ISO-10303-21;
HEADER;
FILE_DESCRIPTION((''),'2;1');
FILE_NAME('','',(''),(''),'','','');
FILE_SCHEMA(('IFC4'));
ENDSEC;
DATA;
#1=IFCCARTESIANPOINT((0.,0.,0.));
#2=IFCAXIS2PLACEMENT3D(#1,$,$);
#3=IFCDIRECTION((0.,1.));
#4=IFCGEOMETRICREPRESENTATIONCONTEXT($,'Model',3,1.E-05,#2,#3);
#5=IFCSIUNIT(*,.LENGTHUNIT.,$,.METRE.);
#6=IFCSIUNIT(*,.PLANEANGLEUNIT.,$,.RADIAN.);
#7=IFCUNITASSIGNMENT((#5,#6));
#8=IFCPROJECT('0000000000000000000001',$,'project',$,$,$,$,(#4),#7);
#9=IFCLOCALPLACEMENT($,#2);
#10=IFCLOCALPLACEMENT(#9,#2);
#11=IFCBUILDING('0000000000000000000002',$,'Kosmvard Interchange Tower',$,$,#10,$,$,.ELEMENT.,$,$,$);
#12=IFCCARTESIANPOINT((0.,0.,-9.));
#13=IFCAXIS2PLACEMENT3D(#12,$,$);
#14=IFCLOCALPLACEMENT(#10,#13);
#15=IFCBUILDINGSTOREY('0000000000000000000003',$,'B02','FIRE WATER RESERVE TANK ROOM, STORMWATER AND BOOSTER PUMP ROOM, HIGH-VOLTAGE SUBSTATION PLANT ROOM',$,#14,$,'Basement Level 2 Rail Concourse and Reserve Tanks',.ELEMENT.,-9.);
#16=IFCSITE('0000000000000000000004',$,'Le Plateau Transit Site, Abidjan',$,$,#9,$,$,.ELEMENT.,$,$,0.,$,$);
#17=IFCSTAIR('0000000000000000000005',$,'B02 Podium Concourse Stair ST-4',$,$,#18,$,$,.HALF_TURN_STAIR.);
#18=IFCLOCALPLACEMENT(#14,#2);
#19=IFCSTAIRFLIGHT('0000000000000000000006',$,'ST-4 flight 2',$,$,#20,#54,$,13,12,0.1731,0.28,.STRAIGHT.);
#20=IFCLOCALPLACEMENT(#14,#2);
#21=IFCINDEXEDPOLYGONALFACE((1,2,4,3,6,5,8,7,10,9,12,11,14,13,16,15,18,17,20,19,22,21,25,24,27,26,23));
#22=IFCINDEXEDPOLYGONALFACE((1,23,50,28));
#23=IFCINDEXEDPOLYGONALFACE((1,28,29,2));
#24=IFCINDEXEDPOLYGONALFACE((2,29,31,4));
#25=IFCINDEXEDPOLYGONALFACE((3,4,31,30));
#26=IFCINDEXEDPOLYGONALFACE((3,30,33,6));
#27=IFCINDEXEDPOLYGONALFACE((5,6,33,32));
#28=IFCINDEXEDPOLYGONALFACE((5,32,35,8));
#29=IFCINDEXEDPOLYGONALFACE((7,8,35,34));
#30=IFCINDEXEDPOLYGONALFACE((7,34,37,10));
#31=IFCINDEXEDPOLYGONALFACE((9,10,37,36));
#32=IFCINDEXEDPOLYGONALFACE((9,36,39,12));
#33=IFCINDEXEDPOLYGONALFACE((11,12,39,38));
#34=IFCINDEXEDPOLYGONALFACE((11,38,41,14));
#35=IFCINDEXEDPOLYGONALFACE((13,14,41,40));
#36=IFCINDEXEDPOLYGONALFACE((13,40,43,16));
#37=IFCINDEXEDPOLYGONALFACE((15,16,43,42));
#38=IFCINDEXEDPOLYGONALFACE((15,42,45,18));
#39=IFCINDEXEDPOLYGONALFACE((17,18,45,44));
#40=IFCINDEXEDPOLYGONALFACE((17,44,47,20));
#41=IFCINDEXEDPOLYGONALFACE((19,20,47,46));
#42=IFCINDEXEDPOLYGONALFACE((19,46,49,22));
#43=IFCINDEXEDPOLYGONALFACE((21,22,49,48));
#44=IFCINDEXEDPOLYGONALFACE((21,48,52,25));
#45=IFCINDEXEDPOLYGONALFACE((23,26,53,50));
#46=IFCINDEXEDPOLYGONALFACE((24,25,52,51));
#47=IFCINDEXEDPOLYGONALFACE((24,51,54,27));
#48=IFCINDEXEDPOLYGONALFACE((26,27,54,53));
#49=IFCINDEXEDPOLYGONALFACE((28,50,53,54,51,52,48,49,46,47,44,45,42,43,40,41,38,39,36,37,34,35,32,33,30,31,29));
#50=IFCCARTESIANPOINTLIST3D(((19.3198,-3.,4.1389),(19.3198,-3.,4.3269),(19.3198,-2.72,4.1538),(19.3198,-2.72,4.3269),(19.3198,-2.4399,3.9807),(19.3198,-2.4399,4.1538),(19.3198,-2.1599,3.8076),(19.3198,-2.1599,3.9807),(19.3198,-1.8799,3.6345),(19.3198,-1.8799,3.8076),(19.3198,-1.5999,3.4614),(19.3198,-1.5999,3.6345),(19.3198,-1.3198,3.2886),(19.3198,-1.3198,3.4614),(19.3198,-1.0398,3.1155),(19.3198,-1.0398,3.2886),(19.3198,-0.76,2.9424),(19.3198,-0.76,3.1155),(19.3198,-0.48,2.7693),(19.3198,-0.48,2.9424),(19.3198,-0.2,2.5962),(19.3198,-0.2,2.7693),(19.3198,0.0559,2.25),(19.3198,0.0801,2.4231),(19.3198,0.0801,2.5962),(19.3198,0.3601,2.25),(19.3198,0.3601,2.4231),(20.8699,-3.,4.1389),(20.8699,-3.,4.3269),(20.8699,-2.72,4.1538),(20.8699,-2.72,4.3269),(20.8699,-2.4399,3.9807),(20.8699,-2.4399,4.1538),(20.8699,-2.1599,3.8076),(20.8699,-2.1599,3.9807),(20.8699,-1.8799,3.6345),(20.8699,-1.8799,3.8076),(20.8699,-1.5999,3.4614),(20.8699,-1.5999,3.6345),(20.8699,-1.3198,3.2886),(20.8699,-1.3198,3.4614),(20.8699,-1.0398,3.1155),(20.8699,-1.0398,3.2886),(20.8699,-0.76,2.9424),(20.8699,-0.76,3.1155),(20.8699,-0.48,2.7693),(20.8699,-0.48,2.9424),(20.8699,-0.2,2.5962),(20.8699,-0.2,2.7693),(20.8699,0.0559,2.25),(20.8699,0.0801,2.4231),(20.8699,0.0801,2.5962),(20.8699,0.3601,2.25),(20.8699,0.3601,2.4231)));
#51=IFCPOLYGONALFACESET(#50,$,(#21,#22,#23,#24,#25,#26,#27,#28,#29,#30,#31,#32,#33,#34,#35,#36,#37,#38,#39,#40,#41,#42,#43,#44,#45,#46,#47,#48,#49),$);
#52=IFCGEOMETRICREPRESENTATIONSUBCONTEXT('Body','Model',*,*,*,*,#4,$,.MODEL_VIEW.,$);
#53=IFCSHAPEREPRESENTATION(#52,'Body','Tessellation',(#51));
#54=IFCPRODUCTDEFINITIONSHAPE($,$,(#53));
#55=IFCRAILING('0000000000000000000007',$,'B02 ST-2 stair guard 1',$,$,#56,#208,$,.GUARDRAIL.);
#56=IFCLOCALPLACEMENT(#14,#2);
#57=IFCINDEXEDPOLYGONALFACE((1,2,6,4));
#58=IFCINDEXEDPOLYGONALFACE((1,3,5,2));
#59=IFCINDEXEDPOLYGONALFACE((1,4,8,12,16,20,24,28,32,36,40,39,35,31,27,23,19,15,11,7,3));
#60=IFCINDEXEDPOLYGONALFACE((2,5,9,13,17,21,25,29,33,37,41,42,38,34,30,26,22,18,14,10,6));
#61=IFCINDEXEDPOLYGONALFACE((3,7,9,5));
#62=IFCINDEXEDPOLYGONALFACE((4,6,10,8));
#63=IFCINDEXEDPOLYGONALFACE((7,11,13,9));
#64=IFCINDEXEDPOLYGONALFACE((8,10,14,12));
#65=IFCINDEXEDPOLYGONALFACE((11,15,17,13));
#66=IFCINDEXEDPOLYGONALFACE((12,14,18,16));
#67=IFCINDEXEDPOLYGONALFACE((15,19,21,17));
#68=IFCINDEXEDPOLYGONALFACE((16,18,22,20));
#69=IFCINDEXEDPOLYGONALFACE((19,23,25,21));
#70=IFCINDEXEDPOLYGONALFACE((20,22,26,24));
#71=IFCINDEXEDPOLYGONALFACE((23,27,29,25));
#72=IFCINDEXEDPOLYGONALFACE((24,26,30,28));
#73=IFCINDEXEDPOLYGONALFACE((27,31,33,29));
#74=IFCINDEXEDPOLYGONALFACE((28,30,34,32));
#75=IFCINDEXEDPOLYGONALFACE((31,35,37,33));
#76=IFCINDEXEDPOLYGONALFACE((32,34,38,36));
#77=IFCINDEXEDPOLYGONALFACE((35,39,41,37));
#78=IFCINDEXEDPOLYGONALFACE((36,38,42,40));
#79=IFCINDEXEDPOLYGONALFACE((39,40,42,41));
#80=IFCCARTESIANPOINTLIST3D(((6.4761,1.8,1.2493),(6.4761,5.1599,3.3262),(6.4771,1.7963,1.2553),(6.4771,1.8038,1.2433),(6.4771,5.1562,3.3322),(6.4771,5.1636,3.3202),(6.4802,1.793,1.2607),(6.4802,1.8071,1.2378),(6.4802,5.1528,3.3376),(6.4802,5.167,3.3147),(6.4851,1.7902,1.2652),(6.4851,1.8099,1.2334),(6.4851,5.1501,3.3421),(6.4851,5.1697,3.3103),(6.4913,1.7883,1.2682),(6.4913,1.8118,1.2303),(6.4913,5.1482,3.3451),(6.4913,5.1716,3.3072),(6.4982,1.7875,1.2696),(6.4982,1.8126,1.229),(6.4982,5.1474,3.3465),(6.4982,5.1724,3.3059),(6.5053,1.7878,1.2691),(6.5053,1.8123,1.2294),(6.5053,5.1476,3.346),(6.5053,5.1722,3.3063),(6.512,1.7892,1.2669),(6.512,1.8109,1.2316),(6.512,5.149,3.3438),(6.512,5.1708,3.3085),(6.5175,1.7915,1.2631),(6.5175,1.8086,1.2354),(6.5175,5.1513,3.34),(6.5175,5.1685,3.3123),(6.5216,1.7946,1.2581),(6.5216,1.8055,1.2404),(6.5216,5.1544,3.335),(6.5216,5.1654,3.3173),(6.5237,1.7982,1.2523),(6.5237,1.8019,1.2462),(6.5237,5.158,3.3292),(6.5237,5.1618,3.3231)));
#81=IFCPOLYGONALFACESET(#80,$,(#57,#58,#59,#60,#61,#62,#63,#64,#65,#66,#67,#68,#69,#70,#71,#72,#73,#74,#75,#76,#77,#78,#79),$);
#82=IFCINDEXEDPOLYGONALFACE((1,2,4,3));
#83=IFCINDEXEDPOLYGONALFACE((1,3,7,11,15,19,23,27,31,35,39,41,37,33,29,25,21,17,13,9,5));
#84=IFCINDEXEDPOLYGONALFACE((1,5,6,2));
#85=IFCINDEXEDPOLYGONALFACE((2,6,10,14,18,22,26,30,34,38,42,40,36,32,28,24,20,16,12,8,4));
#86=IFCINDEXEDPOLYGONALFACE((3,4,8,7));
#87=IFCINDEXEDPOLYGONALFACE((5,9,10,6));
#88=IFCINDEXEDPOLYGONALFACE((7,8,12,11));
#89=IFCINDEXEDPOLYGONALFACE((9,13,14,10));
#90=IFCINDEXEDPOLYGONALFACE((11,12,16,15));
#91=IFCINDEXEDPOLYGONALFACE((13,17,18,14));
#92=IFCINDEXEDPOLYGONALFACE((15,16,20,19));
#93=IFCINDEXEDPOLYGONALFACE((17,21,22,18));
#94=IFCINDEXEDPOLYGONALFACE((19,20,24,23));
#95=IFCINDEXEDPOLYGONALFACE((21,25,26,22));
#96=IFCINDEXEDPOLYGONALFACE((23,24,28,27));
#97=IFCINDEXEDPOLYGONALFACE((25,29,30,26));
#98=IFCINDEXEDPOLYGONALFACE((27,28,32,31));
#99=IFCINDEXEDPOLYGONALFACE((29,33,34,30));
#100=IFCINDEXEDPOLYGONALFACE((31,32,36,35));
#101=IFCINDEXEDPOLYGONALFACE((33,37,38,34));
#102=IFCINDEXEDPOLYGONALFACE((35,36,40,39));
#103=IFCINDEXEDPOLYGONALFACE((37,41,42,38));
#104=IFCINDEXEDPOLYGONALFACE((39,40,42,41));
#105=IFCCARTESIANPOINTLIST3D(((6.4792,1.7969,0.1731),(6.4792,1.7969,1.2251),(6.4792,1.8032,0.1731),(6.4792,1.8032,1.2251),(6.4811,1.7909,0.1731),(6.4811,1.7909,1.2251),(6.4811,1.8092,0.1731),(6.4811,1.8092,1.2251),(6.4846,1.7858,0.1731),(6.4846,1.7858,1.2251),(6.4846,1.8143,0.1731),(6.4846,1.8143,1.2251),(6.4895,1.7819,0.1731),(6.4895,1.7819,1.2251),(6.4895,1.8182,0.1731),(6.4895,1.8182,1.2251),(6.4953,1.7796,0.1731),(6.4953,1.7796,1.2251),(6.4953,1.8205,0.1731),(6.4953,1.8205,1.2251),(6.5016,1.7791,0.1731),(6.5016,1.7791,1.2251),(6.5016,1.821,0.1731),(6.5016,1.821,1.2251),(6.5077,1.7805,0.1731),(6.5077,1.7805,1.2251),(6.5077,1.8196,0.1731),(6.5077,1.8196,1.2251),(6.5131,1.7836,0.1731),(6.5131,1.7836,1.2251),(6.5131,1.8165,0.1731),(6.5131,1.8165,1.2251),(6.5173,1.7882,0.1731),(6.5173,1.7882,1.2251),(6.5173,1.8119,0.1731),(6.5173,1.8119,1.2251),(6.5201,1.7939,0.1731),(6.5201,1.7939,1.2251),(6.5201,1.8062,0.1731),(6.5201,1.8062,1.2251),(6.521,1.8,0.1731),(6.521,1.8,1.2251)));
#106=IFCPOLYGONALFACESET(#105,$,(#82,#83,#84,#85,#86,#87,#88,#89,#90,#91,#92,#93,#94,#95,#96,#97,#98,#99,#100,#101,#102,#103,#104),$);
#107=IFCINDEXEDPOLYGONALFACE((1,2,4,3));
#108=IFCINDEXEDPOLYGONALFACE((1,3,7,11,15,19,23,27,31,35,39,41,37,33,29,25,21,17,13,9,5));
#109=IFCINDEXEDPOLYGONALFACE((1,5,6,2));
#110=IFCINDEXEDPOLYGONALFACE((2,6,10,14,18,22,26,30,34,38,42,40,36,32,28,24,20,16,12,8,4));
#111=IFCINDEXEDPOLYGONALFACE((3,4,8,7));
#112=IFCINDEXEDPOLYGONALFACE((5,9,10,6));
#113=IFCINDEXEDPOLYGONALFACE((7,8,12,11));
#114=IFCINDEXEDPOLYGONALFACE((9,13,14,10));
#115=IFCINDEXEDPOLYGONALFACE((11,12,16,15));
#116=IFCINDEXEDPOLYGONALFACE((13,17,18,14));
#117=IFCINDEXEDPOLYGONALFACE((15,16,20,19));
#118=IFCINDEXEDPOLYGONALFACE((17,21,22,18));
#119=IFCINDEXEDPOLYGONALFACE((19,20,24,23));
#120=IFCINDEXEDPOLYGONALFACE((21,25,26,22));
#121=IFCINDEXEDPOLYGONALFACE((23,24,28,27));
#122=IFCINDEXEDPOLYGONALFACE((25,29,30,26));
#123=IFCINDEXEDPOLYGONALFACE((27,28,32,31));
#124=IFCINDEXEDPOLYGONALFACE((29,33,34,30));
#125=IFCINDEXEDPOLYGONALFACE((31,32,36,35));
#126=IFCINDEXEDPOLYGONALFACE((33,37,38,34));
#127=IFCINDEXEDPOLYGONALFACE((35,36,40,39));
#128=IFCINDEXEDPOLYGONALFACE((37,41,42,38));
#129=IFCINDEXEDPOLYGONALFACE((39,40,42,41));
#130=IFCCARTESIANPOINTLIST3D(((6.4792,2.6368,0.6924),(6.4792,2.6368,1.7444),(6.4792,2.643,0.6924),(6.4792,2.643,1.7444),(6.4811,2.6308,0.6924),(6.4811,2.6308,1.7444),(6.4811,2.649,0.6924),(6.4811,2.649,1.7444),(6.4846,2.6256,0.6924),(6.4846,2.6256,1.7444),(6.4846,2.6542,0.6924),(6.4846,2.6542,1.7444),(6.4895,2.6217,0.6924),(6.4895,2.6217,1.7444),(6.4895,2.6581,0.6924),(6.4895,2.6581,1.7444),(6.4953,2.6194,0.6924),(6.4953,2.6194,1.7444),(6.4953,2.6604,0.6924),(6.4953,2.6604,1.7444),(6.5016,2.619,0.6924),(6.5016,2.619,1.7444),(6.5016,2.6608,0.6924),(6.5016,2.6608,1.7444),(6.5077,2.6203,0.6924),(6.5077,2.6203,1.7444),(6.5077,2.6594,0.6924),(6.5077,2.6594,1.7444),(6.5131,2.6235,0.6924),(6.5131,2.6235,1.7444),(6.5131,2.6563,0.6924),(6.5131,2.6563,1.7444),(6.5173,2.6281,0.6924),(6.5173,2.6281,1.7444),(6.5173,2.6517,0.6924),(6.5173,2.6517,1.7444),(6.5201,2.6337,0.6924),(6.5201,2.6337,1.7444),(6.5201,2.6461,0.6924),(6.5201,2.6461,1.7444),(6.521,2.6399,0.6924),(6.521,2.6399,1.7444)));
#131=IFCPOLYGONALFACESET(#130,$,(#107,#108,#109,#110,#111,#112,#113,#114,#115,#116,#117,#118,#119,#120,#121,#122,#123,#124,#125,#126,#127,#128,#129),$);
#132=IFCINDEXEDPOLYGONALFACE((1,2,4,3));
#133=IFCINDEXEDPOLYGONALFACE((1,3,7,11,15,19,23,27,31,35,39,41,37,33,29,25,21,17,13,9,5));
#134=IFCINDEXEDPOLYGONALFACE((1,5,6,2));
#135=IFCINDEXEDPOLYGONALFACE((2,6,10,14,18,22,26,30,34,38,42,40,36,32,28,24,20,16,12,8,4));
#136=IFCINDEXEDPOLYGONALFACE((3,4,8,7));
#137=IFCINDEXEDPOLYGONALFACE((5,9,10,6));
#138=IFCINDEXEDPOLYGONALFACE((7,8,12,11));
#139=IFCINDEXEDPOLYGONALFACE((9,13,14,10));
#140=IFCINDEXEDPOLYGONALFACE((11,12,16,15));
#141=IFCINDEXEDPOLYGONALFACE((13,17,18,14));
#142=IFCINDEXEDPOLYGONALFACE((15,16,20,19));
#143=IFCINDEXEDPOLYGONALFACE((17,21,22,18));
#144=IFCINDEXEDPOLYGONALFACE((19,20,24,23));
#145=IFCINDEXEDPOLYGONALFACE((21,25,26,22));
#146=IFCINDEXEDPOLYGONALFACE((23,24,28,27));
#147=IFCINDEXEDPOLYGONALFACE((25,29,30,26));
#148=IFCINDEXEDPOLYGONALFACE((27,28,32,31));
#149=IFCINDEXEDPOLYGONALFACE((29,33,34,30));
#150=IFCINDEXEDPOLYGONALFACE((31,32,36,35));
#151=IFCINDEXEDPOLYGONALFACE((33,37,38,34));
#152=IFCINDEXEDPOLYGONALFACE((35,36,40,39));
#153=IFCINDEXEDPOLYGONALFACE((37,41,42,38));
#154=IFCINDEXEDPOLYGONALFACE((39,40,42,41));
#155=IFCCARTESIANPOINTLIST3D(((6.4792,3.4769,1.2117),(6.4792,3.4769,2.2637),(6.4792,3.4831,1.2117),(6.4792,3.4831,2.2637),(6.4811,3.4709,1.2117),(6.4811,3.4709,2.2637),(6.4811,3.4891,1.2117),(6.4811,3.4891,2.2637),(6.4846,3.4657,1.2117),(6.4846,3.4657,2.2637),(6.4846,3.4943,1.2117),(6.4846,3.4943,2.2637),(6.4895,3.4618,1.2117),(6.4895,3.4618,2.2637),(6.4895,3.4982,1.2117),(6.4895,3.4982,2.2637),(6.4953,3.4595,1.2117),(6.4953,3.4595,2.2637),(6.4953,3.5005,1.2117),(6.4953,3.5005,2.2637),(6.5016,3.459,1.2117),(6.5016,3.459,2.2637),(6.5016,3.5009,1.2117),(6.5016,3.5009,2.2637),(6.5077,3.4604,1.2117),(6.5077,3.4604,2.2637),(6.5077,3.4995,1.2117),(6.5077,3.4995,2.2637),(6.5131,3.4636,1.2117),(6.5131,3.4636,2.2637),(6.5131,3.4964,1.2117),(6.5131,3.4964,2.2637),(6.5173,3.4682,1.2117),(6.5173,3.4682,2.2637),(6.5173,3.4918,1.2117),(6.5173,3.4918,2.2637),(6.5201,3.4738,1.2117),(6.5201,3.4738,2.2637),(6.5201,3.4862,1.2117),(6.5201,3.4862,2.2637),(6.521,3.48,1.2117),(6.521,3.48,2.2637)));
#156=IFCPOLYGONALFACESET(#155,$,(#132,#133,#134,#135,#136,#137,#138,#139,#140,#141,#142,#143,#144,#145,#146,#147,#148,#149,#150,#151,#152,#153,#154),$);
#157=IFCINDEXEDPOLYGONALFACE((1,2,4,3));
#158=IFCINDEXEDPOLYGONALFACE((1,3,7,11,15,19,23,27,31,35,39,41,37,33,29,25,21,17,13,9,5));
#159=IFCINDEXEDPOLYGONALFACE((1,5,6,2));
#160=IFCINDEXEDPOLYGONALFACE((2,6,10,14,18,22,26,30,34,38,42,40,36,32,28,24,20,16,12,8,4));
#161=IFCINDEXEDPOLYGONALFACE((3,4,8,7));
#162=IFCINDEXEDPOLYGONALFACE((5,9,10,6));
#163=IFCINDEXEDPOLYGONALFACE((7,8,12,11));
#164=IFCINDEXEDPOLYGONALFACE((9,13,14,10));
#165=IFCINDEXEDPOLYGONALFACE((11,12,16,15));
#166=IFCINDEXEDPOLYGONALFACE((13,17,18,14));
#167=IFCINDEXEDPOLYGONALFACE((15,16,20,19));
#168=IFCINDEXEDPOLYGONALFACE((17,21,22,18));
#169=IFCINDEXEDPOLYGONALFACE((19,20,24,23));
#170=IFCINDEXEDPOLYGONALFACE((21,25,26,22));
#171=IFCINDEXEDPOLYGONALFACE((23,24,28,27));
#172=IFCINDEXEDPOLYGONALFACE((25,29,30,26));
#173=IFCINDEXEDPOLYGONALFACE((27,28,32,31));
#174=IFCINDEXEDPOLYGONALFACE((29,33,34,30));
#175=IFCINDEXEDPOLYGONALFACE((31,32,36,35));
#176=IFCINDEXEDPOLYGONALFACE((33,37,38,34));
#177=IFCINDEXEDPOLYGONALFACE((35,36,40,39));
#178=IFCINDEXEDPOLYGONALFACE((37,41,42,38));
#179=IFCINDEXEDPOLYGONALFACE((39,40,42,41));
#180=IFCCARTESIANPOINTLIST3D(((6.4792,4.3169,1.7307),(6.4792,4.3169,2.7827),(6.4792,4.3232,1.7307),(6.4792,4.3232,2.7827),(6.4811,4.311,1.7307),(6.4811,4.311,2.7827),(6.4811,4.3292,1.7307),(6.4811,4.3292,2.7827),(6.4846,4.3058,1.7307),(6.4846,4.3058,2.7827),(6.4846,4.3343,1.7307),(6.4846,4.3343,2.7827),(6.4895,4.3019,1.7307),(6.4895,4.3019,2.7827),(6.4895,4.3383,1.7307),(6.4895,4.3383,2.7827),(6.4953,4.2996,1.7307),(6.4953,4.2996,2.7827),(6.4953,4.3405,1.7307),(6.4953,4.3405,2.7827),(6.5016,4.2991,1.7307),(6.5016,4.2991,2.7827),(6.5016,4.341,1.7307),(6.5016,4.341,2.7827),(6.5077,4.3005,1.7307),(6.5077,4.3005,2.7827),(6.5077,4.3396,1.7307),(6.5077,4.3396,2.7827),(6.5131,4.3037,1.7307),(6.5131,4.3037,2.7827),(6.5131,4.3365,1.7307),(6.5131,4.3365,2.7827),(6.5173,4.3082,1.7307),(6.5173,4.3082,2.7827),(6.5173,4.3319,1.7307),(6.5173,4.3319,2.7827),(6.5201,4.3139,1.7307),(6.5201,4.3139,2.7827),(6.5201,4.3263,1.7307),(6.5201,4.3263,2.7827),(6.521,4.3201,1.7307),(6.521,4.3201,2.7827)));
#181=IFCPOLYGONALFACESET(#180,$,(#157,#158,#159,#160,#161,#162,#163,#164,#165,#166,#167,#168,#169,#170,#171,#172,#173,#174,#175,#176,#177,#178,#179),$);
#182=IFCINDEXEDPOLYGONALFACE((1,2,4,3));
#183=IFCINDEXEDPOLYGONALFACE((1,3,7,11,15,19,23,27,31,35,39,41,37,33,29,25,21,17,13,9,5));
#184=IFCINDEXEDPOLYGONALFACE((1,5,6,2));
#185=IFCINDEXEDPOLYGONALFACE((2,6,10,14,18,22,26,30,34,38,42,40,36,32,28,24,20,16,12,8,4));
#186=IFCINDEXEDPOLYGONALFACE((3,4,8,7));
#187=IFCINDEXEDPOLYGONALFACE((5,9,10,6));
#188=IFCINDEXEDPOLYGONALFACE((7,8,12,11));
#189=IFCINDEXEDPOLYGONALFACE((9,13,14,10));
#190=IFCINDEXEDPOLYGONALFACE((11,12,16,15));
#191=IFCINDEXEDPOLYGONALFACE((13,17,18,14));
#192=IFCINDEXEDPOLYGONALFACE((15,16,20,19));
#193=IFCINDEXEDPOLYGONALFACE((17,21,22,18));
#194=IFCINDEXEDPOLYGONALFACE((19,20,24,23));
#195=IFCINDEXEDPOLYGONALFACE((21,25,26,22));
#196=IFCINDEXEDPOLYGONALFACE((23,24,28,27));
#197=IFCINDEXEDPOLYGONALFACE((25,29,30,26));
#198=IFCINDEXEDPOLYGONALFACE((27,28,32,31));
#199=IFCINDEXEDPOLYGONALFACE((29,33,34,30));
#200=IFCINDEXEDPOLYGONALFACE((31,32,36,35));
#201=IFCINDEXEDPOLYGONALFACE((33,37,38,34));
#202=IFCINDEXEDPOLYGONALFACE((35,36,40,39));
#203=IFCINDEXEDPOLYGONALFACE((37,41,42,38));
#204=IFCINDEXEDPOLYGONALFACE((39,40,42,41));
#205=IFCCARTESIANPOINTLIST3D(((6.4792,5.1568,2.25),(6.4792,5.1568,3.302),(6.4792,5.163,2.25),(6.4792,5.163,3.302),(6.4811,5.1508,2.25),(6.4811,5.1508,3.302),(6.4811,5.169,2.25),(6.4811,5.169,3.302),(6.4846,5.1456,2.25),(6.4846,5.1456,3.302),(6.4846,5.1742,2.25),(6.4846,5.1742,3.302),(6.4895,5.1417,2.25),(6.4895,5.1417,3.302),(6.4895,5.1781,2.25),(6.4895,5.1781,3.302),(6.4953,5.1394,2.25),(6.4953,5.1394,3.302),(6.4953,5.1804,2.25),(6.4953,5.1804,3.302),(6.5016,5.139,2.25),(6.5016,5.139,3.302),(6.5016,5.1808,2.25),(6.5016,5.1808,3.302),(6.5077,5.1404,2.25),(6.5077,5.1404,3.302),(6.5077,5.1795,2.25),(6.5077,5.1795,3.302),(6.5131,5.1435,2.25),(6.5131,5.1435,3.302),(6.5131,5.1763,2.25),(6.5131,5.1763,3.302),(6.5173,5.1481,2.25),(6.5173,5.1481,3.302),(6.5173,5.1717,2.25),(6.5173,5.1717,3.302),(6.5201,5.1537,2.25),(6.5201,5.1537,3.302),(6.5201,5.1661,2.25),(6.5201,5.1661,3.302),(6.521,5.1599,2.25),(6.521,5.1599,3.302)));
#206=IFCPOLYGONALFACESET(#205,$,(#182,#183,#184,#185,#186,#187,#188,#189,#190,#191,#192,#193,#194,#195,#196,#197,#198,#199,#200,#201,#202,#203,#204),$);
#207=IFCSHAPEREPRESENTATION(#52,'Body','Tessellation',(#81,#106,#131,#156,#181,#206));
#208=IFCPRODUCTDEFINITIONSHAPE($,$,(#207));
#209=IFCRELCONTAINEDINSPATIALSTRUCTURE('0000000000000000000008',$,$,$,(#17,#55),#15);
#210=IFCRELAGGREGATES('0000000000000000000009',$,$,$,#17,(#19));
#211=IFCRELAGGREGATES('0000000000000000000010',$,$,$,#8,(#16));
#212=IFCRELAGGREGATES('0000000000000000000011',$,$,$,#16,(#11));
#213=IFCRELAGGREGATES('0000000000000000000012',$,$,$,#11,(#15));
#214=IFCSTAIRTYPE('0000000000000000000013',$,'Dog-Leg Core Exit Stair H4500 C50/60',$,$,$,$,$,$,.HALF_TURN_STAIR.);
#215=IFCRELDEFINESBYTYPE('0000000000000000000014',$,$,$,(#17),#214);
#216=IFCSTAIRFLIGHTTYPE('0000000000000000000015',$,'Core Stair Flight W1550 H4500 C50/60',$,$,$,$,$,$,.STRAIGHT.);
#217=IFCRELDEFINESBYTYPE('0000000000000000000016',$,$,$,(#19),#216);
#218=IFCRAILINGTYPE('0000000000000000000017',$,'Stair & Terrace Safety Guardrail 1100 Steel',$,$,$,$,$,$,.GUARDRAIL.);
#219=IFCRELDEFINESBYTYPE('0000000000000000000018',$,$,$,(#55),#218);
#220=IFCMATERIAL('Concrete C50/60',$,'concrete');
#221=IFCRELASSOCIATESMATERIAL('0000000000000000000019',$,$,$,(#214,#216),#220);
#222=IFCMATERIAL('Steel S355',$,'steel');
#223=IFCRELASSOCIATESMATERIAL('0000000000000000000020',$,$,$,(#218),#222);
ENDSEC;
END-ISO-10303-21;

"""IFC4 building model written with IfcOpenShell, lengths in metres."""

from ifc_helpers import new_model, si_unit, direction, frame, origin, origin_2d, place, context, subcontext, project, spatial, polyline, circle, outline, extrude, source, transform, mapped, material, type_object, element, aggregate, save


model = new_model("IFC4")

# Units and contexts
model_context = context("Model", 3, precision=1e-05, world=origin(), true_north=direction((0.0, 1.0)))
body_context = subcontext(model_context, "Body", "Model", "MODEL_VIEW")
ifc_project = project(units=[si_unit("LENGTHUNIT", "METRE"), si_unit("PLANEANGLEUNIT", "RADIAN")], contexts=[model_context])

# Site, building, storey
site_placement = place(None, origin())
site = spatial("IfcSite", under=ifc_project, at=site_placement, Name="Le Plateau Transit Site, Abidjan", CompositionType="ELEMENT", RefElevation=0.0)
building_placement = place(site_placement, origin())
building = spatial("IfcBuilding", under=site, at=building_placement, Name="Kosmvard Interchange Tower", CompositionType="ELEMENT")
storey_placement = place(building_placement, frame((0.0, 0.0, -9.0)))
storey = spatial("IfcBuildingStorey", under=building, at=storey_placement, Name="B02", Description="FIRE WATER RESERVE TANK ROOM, STORMWATER AND BOOSTER PUMP ROOM, HIGH-VOLTAGE SUBSTATION PLANT ROOM", LongName="Basement Level 2 Rail Concourse and Reserve Tanks", CompositionType="ELEMENT", Elevation=-9.0)

# Shared definitions
ifc_material_1 = material(Name="Concrete C50/60", Category="concrete")

# Shared definitions
stair_type = type_object("IfcStairType", Name="Dog-Leg Core Exit Stair H4500 C50/60", PredefinedType="HALF_TURN_STAIR", material=ifc_material_1)
stair_flight_type = type_object("IfcStairFlightType", Name="Core Stair Flight W1550 H4500 C50/60", PredefinedType="STRAIGHT", material=ifc_material_1)
shared_shape_1 = source(origin(), body_context, "Body", "SweptSolid", [
    extrude(outline(polyline([(0.0, 0.0), (0.0, 0.1731), (0.28, 0.1731), (0.28, 0.3462), (0.5601, 0.3462), (0.5601, 0.5193), (0.8401, 0.5193), (0.8401, 0.6924), (1.1201, 0.6924), (1.1201, 0.8655), (1.3999, 0.8655), (1.3999, 1.0386), (1.6799, 1.0386), (1.6799, 1.2114), (1.96, 1.2114), (1.96, 1.3845), (2.24, 1.3845), (2.24, 1.5576), (2.52, 1.5576), (2.52, 1.7307), (2.8, 1.7307), (2.8, 1.9038), (3.0801, 1.9038), (3.0801, 2.0769), (3.3601, 2.0769), (3.3601, 2.25), (3.3601, 1.8889), (0.3042, 0.0), (0.0, 0.0)])), frame((0.0, 0.7749, 0.0), z_axis=(0.0, -1.0, 0.0), x_axis=(1.0, 0.0, 0.0)), (0.0, 0.0, 1.0), 1.55),
])

# Stair, stair flight
stair_1_placement = place(storey_placement, origin())
stair_1 = element("IfcStair", 1, at=stair_1_placement, inside=storey, type_object=stair_type, Name="B02 Podium Concourse Stair ST-4", PredefinedType="HALF_TURN_STAIR")
stair_flight_1_placement = place(storey_placement, frame((20.095, 0.3601, 2.25), z_axis=(0.0, 0.0, 1.0), x_axis=(0.0, -1.0, 0.0)))
stair_flight_1 = element("IfcStairFlight", 2, at=stair_flight_1_placement, type_object=stair_flight_type, Name="ST-4 flight 2", NumberOfRisers=13, NumberOfTreads=12, PredefinedType="STRAIGHT", RiserHeight=0.1731, TreadLength=0.28, context=body_context, shape_type="MappedRepresentation", body=[
    mapped(shared_shape_1, transform((0.0, 0.0, 0.0), scale=1.0)),
])
aggregate(stair_1, [stair_flight_1])

# Railing
ifc_material_2 = material(Name="Steel S355", Category="steel")
railing_type_1 = type_object("IfcRailingType", Name="Stair & Terrace Safety Guardrail 1100 Steel", PredefinedType="GUARDRAIL", material=ifc_material_2)
shared_shape_2 = source(origin(), body_context, "Body", "SweptSolid", [
    extrude(circle(Radius=0.0239, at=origin_2d()), frame((0.0, 0.0, 1.0762), z_axis=(0.0, 0.850606, 0.525803), x_axis=(-1.0, 0.0, 0.0)), (0.0, 0.0, 1.0), 3.95),
    extrude(circle(Radius=0.021, at=origin_2d()), origin(), (0.0, 0.0, 1.0), 1.052),
    extrude(circle(Radius=0.021, at=origin_2d()), frame((0.0, 0.8398, 0.5193)), (0.0, 0.0, 1.0), 1.052),
    extrude(circle(Radius=0.021, at=origin_2d()), frame((0.0, 1.6799, 1.0386)), (0.0, 0.0, 1.0), 1.052),
    extrude(circle(Radius=0.021, at=origin_2d()), frame((0.0, 2.52, 1.5576)), (0.0, 0.0, 1.0), 1.052),
    extrude(circle(Radius=0.021, at=origin_2d()), frame((0.0, 3.3599, 2.0769)), (0.0, 0.0, 1.0), 1.052),
])
railing_1_placement = place(storey_placement, frame((6.5, 1.8, 0.1731)))
element("IfcRailing", 3, at=railing_1_placement, inside=storey, type_object=railing_type_1, Name="B02 ST-2 stair guard 1", PredefinedType="GUARDRAIL", context=body_context, shape_type="MappedRepresentation", body=[
    mapped(shared_shape_2, transform((0.0, 0.0, 0.0), scale=1.0)),
])

save(model, "model.ifc")
